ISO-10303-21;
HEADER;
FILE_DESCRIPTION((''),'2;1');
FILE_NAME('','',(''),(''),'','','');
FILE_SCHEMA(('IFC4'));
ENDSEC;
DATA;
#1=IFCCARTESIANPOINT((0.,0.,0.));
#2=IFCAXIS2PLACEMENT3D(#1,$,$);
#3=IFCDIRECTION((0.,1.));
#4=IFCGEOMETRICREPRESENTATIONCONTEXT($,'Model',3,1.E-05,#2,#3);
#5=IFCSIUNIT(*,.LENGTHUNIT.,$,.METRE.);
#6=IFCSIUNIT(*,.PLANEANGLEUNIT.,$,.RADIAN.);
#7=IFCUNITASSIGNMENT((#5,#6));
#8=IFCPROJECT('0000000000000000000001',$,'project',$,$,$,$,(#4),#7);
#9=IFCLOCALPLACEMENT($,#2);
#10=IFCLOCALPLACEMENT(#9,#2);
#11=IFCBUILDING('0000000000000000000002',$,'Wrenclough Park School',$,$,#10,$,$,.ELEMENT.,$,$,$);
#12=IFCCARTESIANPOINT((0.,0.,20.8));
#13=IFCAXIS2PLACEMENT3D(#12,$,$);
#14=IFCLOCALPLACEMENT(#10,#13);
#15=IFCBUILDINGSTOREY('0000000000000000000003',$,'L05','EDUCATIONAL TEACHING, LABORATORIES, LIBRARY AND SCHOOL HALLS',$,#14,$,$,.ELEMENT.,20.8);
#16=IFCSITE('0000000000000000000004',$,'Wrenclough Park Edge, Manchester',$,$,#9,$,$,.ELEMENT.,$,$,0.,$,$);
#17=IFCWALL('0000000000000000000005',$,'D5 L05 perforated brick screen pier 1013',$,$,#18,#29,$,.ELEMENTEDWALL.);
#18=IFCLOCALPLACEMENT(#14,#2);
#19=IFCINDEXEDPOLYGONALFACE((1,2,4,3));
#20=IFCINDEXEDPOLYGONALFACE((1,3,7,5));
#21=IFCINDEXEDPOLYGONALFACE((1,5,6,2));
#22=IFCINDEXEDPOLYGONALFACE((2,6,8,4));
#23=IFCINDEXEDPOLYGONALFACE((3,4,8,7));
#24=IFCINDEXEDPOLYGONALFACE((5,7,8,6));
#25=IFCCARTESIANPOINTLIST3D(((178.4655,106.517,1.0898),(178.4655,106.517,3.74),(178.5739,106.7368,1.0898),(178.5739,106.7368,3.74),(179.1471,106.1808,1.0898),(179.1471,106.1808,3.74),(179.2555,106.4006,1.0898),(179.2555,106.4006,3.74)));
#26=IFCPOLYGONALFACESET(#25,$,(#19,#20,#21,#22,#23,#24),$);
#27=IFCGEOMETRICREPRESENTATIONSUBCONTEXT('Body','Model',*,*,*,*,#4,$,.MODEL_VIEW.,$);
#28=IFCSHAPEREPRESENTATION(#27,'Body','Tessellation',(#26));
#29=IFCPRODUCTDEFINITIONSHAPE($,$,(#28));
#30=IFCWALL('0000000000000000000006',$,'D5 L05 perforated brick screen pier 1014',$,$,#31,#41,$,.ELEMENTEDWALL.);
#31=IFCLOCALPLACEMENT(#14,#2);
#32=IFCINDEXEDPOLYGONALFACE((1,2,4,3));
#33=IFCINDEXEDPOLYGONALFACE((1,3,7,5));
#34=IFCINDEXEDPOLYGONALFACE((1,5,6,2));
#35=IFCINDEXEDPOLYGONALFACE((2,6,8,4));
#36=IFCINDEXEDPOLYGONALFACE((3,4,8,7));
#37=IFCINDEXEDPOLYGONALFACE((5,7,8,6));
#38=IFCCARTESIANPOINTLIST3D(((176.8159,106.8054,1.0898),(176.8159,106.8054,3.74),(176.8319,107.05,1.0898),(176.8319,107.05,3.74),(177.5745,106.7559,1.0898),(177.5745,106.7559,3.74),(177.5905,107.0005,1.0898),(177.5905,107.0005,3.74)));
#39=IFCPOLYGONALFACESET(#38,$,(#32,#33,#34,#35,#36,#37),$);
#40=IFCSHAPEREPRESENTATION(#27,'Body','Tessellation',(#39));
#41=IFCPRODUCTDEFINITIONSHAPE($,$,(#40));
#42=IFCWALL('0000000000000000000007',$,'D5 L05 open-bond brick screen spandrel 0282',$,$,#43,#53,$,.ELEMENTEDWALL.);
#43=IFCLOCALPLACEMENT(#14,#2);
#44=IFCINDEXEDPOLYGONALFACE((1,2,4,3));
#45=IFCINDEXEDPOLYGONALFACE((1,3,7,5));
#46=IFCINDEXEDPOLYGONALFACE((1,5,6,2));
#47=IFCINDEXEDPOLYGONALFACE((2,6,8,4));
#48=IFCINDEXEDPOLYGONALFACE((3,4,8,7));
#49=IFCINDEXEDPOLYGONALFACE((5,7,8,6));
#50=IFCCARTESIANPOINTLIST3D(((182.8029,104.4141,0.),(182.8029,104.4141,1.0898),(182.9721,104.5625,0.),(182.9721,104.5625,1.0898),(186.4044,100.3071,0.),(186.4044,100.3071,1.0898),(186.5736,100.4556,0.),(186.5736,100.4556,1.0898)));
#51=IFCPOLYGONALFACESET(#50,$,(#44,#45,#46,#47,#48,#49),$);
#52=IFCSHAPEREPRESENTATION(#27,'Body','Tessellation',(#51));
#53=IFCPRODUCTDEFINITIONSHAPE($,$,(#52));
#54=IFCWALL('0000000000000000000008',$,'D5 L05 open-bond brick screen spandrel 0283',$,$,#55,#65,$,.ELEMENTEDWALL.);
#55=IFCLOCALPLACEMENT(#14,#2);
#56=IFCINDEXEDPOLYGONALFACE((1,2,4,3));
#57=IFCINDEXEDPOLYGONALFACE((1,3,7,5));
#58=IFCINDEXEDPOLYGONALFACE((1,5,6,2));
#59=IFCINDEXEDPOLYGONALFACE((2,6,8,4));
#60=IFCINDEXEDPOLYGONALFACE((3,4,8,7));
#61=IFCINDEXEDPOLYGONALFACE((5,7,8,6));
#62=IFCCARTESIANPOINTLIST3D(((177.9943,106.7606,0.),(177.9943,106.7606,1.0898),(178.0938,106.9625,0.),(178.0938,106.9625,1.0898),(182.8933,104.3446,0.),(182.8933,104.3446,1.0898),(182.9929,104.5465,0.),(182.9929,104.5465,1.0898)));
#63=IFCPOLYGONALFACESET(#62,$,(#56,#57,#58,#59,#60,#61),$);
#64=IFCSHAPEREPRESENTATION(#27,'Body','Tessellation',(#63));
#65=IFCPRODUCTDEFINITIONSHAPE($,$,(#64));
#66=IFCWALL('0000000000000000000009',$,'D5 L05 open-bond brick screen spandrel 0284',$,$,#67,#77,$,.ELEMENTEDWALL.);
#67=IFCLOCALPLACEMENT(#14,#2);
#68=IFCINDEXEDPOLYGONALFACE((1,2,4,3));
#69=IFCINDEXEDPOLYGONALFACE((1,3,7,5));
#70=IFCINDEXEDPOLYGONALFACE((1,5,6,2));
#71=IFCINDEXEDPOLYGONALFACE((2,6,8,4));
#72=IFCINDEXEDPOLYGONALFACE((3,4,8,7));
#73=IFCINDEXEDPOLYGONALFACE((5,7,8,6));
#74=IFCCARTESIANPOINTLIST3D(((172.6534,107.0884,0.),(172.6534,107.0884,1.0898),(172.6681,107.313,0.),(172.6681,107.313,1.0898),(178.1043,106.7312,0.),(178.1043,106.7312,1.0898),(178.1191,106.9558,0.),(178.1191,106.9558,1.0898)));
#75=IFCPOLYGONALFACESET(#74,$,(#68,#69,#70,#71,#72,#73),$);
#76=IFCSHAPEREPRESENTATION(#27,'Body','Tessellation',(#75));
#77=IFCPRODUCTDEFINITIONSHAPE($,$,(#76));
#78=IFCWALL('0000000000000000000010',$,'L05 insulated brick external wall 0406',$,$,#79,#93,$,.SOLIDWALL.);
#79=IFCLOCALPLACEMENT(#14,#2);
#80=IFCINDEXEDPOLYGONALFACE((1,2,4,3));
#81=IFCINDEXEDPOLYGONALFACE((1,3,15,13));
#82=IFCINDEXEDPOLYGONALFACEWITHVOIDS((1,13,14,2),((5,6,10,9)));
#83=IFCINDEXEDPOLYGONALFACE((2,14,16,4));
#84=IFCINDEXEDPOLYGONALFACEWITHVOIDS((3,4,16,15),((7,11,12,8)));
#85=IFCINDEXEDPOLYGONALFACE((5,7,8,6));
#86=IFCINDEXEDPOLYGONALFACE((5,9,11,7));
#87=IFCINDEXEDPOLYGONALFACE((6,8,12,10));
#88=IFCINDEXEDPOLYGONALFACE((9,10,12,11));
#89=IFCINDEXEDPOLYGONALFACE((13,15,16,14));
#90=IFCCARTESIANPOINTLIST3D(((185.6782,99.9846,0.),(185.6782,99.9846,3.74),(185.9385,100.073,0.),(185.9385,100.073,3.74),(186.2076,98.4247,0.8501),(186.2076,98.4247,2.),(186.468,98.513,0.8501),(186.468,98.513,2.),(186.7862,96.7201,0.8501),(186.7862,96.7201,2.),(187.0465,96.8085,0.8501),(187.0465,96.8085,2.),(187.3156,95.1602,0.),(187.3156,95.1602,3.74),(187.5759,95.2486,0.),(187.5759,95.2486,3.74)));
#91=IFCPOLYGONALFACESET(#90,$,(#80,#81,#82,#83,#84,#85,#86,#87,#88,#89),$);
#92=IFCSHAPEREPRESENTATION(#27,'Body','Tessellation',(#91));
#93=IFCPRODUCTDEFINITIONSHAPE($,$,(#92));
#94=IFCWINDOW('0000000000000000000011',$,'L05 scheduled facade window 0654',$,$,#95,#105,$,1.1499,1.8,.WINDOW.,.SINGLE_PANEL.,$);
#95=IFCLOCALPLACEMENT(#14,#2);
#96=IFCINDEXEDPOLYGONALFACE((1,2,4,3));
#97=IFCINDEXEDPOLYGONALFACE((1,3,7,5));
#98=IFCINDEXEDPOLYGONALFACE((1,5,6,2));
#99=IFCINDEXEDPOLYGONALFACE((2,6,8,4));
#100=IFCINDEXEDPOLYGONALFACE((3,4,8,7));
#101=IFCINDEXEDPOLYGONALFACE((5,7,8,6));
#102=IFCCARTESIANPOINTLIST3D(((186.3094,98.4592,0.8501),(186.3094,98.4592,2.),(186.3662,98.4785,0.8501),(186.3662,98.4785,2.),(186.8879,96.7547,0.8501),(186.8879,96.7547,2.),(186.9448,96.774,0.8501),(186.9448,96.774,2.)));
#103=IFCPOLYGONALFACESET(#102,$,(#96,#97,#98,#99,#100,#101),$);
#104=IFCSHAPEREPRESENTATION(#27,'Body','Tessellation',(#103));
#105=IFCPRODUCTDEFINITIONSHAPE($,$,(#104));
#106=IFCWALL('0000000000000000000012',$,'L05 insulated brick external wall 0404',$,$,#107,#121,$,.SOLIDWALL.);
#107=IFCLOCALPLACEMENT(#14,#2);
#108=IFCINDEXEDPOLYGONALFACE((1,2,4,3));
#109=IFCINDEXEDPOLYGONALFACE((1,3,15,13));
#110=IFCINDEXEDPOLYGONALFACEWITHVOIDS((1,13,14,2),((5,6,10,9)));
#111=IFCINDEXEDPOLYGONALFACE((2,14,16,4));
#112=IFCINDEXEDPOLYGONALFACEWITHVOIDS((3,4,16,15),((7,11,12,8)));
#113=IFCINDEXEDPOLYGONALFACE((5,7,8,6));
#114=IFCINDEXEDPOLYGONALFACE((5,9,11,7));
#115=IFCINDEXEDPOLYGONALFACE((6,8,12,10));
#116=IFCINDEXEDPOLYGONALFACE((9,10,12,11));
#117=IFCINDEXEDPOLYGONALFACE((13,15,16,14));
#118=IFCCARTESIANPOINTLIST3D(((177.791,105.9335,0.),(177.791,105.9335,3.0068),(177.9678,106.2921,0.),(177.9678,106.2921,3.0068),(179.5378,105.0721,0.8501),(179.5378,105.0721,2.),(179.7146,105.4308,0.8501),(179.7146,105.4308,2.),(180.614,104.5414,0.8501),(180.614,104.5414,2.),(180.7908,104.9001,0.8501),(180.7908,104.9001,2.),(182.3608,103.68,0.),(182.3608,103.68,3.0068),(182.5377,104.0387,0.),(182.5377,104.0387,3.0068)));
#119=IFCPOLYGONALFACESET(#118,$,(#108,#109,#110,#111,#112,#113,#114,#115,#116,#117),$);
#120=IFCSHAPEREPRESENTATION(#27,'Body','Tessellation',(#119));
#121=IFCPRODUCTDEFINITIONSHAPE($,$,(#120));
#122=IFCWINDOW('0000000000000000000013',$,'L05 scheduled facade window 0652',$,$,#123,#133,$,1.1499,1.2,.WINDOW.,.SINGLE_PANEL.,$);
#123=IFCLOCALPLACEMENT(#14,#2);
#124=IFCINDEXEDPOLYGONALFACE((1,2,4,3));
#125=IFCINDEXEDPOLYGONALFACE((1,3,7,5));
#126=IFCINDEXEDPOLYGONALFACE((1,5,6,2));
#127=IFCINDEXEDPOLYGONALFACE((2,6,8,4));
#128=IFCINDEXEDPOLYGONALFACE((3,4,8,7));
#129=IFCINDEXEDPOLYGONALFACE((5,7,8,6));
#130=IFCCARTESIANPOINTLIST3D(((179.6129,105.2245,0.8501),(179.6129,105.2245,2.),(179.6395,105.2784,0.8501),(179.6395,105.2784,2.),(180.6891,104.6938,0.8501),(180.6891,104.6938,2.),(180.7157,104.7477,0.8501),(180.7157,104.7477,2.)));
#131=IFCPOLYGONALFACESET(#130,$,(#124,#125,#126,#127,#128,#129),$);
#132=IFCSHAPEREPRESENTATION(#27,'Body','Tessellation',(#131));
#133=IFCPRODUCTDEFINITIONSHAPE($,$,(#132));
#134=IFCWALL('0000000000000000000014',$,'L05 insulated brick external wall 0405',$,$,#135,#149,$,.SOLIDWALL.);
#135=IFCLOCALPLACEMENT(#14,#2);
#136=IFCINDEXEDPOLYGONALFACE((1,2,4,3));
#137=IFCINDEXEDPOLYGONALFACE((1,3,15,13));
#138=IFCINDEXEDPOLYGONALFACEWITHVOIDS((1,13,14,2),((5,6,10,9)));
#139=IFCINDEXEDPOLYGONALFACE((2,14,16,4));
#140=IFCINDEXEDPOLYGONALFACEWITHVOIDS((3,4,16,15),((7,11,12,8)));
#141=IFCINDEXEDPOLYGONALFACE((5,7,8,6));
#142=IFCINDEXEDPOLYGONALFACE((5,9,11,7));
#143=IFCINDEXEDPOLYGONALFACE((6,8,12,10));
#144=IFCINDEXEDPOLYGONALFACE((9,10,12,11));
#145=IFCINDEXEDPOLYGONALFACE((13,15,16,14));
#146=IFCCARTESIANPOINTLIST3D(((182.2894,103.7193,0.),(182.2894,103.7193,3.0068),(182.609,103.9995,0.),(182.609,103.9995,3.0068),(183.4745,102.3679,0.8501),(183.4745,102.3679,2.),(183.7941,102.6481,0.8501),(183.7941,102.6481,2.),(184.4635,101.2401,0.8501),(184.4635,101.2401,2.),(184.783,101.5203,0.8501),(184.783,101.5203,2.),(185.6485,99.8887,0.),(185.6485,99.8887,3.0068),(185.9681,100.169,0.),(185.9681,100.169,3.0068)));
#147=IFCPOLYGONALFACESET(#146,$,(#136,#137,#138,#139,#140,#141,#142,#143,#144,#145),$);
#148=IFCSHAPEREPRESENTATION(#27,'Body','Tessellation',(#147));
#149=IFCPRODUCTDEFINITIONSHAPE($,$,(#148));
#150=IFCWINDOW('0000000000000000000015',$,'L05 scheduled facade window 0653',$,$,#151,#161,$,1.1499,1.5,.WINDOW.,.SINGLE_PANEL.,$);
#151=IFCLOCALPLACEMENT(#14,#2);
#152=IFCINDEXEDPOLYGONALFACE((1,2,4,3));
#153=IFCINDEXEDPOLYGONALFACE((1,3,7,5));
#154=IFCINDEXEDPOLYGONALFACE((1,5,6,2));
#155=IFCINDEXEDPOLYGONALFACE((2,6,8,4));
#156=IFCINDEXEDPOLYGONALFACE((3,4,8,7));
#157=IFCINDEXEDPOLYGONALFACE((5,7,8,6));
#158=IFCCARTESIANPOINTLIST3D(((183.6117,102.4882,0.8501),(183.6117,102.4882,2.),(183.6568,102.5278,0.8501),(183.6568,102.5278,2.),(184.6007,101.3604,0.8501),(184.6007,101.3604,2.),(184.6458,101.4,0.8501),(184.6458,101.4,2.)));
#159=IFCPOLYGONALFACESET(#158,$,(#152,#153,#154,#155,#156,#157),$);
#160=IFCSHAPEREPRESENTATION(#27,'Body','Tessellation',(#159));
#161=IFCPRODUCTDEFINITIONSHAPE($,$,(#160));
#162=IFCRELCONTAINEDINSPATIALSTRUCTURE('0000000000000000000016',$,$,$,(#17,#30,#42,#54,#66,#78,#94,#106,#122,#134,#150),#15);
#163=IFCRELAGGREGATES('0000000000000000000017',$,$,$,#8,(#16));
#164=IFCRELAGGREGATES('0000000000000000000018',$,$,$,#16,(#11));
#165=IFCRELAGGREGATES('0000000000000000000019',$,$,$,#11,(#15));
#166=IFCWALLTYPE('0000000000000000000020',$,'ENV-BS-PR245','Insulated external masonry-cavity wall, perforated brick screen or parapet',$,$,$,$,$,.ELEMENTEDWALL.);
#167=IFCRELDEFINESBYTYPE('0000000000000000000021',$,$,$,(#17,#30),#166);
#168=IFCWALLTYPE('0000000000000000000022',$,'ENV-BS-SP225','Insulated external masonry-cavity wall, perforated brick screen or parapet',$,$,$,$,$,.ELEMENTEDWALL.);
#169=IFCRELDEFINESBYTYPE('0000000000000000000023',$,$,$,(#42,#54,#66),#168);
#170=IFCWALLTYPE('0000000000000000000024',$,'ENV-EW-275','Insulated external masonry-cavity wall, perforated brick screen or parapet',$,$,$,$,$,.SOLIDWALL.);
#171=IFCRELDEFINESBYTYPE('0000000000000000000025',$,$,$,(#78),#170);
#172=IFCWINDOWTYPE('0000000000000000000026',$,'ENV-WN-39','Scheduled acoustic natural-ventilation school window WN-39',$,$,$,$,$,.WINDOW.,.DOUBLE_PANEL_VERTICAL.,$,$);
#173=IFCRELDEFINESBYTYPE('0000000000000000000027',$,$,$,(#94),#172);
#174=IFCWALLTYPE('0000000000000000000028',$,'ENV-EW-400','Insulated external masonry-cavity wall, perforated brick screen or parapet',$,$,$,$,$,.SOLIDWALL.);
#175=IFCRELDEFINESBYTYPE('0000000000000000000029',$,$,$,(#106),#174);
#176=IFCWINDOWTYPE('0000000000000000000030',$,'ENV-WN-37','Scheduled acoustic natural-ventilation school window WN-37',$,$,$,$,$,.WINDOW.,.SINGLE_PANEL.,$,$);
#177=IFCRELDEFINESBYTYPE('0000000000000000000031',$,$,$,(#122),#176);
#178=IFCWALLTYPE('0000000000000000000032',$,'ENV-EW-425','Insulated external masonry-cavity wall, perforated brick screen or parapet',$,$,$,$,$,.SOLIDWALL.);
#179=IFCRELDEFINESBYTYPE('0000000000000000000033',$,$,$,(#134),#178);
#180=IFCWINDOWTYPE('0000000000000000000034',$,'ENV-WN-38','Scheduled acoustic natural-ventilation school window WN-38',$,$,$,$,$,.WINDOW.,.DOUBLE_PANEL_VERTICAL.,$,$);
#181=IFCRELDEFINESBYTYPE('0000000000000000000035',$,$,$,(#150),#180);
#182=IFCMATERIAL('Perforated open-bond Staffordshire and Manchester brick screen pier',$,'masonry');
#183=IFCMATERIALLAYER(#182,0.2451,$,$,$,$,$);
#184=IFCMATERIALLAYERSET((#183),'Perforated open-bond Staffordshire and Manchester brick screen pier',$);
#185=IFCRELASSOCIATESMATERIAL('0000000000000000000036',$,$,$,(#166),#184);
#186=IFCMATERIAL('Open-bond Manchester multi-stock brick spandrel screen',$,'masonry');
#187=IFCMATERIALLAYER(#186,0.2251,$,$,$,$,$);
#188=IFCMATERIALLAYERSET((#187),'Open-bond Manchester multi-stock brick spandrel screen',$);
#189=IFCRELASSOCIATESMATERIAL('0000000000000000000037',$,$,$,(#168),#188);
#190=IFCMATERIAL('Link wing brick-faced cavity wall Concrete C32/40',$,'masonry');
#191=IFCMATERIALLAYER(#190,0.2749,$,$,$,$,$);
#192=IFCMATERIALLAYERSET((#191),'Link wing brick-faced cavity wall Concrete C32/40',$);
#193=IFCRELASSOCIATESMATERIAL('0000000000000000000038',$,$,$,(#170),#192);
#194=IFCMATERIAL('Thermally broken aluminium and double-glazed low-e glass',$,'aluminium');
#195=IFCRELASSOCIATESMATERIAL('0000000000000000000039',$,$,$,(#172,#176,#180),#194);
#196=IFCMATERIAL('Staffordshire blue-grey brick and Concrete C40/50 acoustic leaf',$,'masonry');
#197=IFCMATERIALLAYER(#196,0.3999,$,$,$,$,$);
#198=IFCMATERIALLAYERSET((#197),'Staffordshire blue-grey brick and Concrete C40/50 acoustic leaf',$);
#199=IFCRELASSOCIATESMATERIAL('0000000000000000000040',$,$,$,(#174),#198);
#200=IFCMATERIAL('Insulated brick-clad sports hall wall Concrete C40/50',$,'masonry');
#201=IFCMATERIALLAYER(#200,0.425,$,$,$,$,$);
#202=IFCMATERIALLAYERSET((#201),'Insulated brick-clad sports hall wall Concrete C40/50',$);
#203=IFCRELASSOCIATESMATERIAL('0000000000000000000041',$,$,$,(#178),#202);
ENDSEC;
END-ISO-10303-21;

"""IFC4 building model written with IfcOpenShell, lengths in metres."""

from ifc_helpers import new_model, si_unit, direction, frame, frame_2d, origin, place, context, subcontext, project, spatial, rectangle, extrude, material, layer, layer_set, type_object, element, fill, save


model = new_model("IFC4")

# Units and contexts
model_context = context("Model", 3, precision=1e-05, world=origin(), true_north=direction((0.0, 1.0)))
body_context = subcontext(model_context, "Body", "Model", "MODEL_VIEW")
ifc_project = project(units=[si_unit("LENGTHUNIT", "METRE"), si_unit("PLANEANGLEUNIT", "RADIAN")], contexts=[model_context])

# Site, building, storey
site_placement = place(None, origin())
site = spatial("IfcSite", under=ifc_project, at=site_placement, Name="Wrenclough Park Edge, Manchester", CompositionType="ELEMENT", RefElevation=0.0)
building_placement = place(site_placement, origin())
building = spatial("IfcBuilding", under=site, at=building_placement, Name="Wrenclough Park School", CompositionType="ELEMENT")
storey_placement = place(building_placement, frame((0.0, 0.0, 20.8)))
storey = spatial("IfcBuildingStorey", under=building, at=storey_placement, Name="L05", Description="EDUCATIONAL TEACHING, LABORATORIES, LIBRARY AND SCHOOL HALLS", CompositionType="ELEMENT", Elevation=20.8)

# Walls
ifc_material_1 = material(Name="Perforated open-bond Staffordshire and Manchester brick screen pier", Category="masonry")
ifc_layer_1 = layer(ifc_material_1, 0.2451)
ifc_layer_set_1 = layer_set([ifc_layer_1], Name="Perforated open-bond Staffordshire and Manchester brick screen pier")
wall_type_1 = type_object("IfcWallType", Name="ENV-BS-PR245", Description="Insulated external masonry-cavity wall, perforated brick screen or parapet", PredefinedType="ELEMENTEDWALL", material=ifc_layer_set_1)
for number, where, z_axis, x_axis, name in (
    (1, (179.2012, 106.2908, 1.0898), (0.0, 0.0, 1.0), (-0.896855, 0.442324, 0.0), "D5 L05 perforated brick screen pier 1013"),
):
    element("IfcWall", number, at=place(storey_placement, frame(where, z_axis=z_axis, x_axis=x_axis)), inside=storey, type_object=wall_type_1, Name=name, PredefinedType="ELEMENTEDWALL", context=body_context, shape_type="SweptSolid", body=[
        extrude(rectangle(XDim=0.76, YDim=0.2451, at=frame_2d((0.3799, 0.0))), origin(), (0.0, 0.0, 1.0), 2.6501),
    ])
wall_1_placement = place(storey_placement, frame((177.5825, 106.8782, 1.0898), z_axis=(0.0, 0.0, 1.0), x_axis=(-0.997872, 0.065197, 0.0)))
element("IfcWall", 2, at=wall_1_placement, inside=storey, type_object=wall_type_1, Name="D5 L05 perforated brick screen pier 1014", PredefinedType="ELEMENTEDWALL", context=body_context, shape_type="SweptSolid", body=[
    extrude(rectangle(XDim=0.7603, YDim=0.2451, at=frame_2d((0.3801, 0.0))), origin(), (0.0, 0.0, 1.0), 2.6501),
])
ifc_material_2 = material(Name="Open-bond Manchester multi-stock brick spandrel screen", Category="masonry")
ifc_layer_2 = layer(ifc_material_2, 0.2251)
ifc_layer_set_2 = layer_set([ifc_layer_2], Name="Open-bond Manchester multi-stock brick spandrel screen")
wall_type_2 = type_object("IfcWallType", Name="ENV-BS-SP225", Description="Insulated external masonry-cavity wall, perforated brick screen or parapet", PredefinedType="ELEMENTEDWALL", material=ifc_layer_set_2)
for number, where, z_axis, x_axis, name in (
    (3, (186.489, 100.3813, 0.0), (0.0, 0.0, 1.0), (-0.659333, 0.751851, 0.0), "D5 L05 open-bond brick screen spandrel 0282"),
    (4, (182.9431, 104.4456, 0.0), (0.0, 0.0, 1.0), (-0.896872, 0.442291, 0.0), "D5 L05 open-bond brick screen spandrel 0283"),
):
    element("IfcWall", number, at=place(storey_placement, frame(where, z_axis=z_axis, x_axis=x_axis)), inside=storey, type_object=wall_type_2, Name=name, PredefinedType="ELEMENTEDWALL", context=body_context, shape_type="SweptSolid", body=[
        extrude(rectangle(XDim=5.4624, YDim=0.2251, at=frame_2d((2.7312, 0.0))), origin(), (0.0, 0.0, 1.0), 1.0898),
    ])
wall_2_placement = place(storey_placement, frame((178.1118, 106.8435, 0.0), z_axis=(0.0, 0.0, 1.0), x_axis=(-0.99786, 0.065386, 0.0)))
element("IfcWall", 5, at=wall_2_placement, inside=storey, type_object=wall_type_2, Name="D5 L05 open-bond brick screen spandrel 0284", PredefinedType="ELEMENTEDWALL", context=body_context, shape_type="SweptSolid", body=[
    extrude(rectangle(XDim=5.4626, YDim=0.2251, at=frame_2d((2.7314, 0.0))), origin(), (0.0, 0.0, 1.0), 1.0898),
])

# Walls, openings, windows
ifc_material_3 = material(Name="Link wing brick-faced cavity wall Concrete C32/40", Category="masonry")
ifc_layer_3 = layer(ifc_material_3, 0.2749)
ifc_layer_set_3 = layer_set([ifc_layer_3], Name="Link wing brick-faced cavity wall Concrete C32/40")
wall_type_3 = type_object("IfcWallType", Name="ENV-EW-275", Description="Insulated external masonry-cavity wall, perforated brick screen or parapet", PredefinedType="SOLIDWALL", material=ifc_layer_set_3)
wall_3_placement = place(storey_placement, frame((185.8083, 100.0288, 0.0), z_axis=(0.0, 0.0, 1.0), x_axis=(0.321398, -0.946944, 0.0)))
wall_3 = element("IfcWall", 6, at=wall_3_placement, inside=storey, type_object=wall_type_3, Name="L05 insulated brick external wall 0406", PredefinedType="SOLIDWALL", context=body_context, shape_type="SweptSolid", body=[
    extrude(rectangle(XDim=5.0947, YDim=0.2749, at=frame_2d((2.5474, 0.0))), origin(), (0.0, 0.0, 1.0), 3.74),
])
opening_1_placement = place(wall_3_placement, frame((1.6475, 0.0, 0.8501)))
opening_1 = element("IfcOpeningElement", 7, at=opening_1_placement, cuts=wall_3, PredefinedType="OPENING", context=body_context, shape_type="SweptSolid", body=[
    extrude(rectangle(XDim=1.8, YDim=1.1499, at=frame_2d((0.8999, 0.575))), frame((0.0, 0.1475, 0.0), z_axis=(0.0, -1.0, 0.0), x_axis=(1.0, 0.0, 0.0)), (0.0, 0.0, 1.0), 0.2949),
])
ifc_material_4 = material(Name="Thermally broken aluminium and double-glazed low-e glass", Category="aluminium")
window_type_1 = type_object("IfcWindowType", Name="ENV-WN-39", Description="Scheduled acoustic natural-ventilation school window WN-39", PartitioningType="DOUBLE_PANEL_VERTICAL", PredefinedType="WINDOW", material=ifc_material_4)
window_1_placement = place(opening_1_placement, origin())
window_1 = element("IfcWindow", 8, at=window_1_placement, inside=storey, type_object=window_type_1, Name="L05 scheduled facade window 0654", OverallHeight=1.1499, OverallWidth=1.8, PartitioningType="SINGLE_PANEL", PredefinedType="WINDOW", context=body_context, shape_type="SweptSolid", body=[
    extrude(rectangle(XDim=1.8, YDim=1.1499, at=frame_2d((0.8999, 0.575))), frame((0.0, 0.03, 0.0), z_axis=(0.0, -1.0, 0.0), x_axis=(1.0, 0.0, 0.0)), (0.0, 0.0, 1.0), 0.0601),
])
fill(opening_1, window_1)
ifc_material_5 = material(Name="Staffordshire blue-grey brick and Concrete C40/50 acoustic leaf", Category="masonry")
ifc_layer_4 = layer(ifc_material_5, 0.3999)
ifc_layer_set_4 = layer_set([ifc_layer_4], Name="Staffordshire blue-grey brick and Concrete C40/50 acoustic leaf")
wall_type_4 = type_object("IfcWallType", Name="ENV-EW-400", Description="Insulated external masonry-cavity wall, perforated brick screen or parapet", PredefinedType="SOLIDWALL", material=ifc_layer_set_4)
wall_4_placement = place(storey_placement, frame((177.8794, 106.1128, 0.0), z_axis=(0.0, 0.0, 1.0), x_axis=(0.896886, -0.442262, 0.0)))
wall_4 = element("IfcWall", 9, at=wall_4_placement, inside=storey, type_object=wall_type_4, Name="L05 insulated brick external wall 0404", PredefinedType="SOLIDWALL", context=body_context, shape_type="SweptSolid", body=[
    extrude(rectangle(XDim=5.0952, YDim=0.3999, at=frame_2d((2.5476, 0.0))), origin(), (0.0, 0.0, 1.0), 3.0068),
])
opening_2_placement = place(wall_4_placement, frame((1.9475, 0.0, 0.8501)))
opening_2 = element("IfcOpeningElement", 10, at=opening_2_placement, cuts=wall_4, PredefinedType="OPENING", context=body_context, shape_type="SweptSolid", body=[
    extrude(rectangle(XDim=1.2, YDim=1.1499, at=frame_2d((0.6001, 0.575))), frame((0.0, 0.21, 0.0), z_axis=(0.0, -1.0, 0.0), x_axis=(1.0, 0.0, 0.0)), (0.0, 0.0, 1.0), 0.4199),
])
window_type_2 = type_object("IfcWindowType", Name="ENV-WN-37", Description="Scheduled acoustic natural-ventilation school window WN-37", PartitioningType="SINGLE_PANEL", PredefinedType="WINDOW", material=ifc_material_4)
window_2_placement = place(opening_2_placement, origin())
window_2 = element("IfcWindow", 11, at=window_2_placement, inside=storey, type_object=window_type_2, Name="L05 scheduled facade window 0652", OverallHeight=1.1499, OverallWidth=1.2, PartitioningType="SINGLE_PANEL", PredefinedType="WINDOW", context=body_context, shape_type="SweptSolid", body=[
    extrude(rectangle(XDim=1.2, YDim=1.1499, at=frame_2d((0.6001, 0.575))), frame((0.0, 0.03, 0.0), z_axis=(0.0, -1.0, 0.0), x_axis=(1.0, 0.0, 0.0)), (0.0, 0.0, 1.0), 0.0601),
])
fill(opening_2, window_2)
ifc_material_6 = material(Name="Insulated brick-clad sports hall wall Concrete C40/50", Category="masonry")
ifc_layer_5 = layer(ifc_material_6, 0.425)
ifc_layer_set_5 = layer_set([ifc_layer_5], Name="Insulated brick-clad sports hall wall Concrete C40/50")
wall_type_5 = type_object("IfcWallType", Name="ENV-EW-425", Description="Insulated external masonry-cavity wall, perforated brick screen or parapet", PredefinedType="SOLIDWALL", material=ifc_layer_set_5)
wall_5_placement = place(storey_placement, frame((182.4492, 103.8594, 0.0), z_axis=(0.0, 0.0, 1.0), x_axis=(0.659325, -0.751858, 0.0)))
wall_5 = element("IfcWall", 12, at=wall_5_placement, inside=storey, type_object=wall_type_5, Name="L05 insulated brick external wall 0405", PredefinedType="SOLIDWALL", context=body_context, shape_type="SweptSolid", body=[
    extrude(rectangle(XDim=5.0947, YDim=0.425, at=frame_2d((2.5474, 0.0))), origin(), (0.0, 0.0, 1.0), 3.0068),
])
opening_3_placement = place(wall_5_placement, frame((1.7974, 0.0, 0.8501)))
opening_3 = element("IfcOpeningElement", 13, at=opening_3_placement, cuts=wall_5, PredefinedType="OPENING", context=body_context, shape_type="SweptSolid", body=[
    extrude(rectangle(XDim=1.5, YDim=1.1499, at=frame_2d((0.75, 0.575))), frame((0.0, 0.2224, 0.0), z_axis=(0.0, -1.0, 0.0), x_axis=(1.0, 0.0, 0.0)), (0.0, 0.0, 1.0), 0.4451),
])
window_type_3 = type_object("IfcWindowType", Name="ENV-WN-38", Description="Scheduled acoustic natural-ventilation school window WN-38", PartitioningType="DOUBLE_PANEL_VERTICAL", PredefinedType="WINDOW", material=ifc_material_4)
window_3_placement = place(opening_3_placement, origin())
window_3 = element("IfcWindow", 14, at=window_3_placement, inside=storey, type_object=window_type_3, Name="L05 scheduled facade window 0653", OverallHeight=1.1499, OverallWidth=1.5, PartitioningType="SINGLE_PANEL", PredefinedType="WINDOW", context=body_context, shape_type="SweptSolid", body=[
    extrude(rectangle(XDim=1.5, YDim=1.1499, at=frame_2d((0.75, 0.575))), frame((0.0, 0.03, 0.0), z_axis=(0.0, -1.0, 0.0), x_axis=(1.0, 0.0, 0.0)), (0.0, 0.0, 1.0), 0.0601),
])
fill(opening_3, window_3)

save(model, "model.ifc")
